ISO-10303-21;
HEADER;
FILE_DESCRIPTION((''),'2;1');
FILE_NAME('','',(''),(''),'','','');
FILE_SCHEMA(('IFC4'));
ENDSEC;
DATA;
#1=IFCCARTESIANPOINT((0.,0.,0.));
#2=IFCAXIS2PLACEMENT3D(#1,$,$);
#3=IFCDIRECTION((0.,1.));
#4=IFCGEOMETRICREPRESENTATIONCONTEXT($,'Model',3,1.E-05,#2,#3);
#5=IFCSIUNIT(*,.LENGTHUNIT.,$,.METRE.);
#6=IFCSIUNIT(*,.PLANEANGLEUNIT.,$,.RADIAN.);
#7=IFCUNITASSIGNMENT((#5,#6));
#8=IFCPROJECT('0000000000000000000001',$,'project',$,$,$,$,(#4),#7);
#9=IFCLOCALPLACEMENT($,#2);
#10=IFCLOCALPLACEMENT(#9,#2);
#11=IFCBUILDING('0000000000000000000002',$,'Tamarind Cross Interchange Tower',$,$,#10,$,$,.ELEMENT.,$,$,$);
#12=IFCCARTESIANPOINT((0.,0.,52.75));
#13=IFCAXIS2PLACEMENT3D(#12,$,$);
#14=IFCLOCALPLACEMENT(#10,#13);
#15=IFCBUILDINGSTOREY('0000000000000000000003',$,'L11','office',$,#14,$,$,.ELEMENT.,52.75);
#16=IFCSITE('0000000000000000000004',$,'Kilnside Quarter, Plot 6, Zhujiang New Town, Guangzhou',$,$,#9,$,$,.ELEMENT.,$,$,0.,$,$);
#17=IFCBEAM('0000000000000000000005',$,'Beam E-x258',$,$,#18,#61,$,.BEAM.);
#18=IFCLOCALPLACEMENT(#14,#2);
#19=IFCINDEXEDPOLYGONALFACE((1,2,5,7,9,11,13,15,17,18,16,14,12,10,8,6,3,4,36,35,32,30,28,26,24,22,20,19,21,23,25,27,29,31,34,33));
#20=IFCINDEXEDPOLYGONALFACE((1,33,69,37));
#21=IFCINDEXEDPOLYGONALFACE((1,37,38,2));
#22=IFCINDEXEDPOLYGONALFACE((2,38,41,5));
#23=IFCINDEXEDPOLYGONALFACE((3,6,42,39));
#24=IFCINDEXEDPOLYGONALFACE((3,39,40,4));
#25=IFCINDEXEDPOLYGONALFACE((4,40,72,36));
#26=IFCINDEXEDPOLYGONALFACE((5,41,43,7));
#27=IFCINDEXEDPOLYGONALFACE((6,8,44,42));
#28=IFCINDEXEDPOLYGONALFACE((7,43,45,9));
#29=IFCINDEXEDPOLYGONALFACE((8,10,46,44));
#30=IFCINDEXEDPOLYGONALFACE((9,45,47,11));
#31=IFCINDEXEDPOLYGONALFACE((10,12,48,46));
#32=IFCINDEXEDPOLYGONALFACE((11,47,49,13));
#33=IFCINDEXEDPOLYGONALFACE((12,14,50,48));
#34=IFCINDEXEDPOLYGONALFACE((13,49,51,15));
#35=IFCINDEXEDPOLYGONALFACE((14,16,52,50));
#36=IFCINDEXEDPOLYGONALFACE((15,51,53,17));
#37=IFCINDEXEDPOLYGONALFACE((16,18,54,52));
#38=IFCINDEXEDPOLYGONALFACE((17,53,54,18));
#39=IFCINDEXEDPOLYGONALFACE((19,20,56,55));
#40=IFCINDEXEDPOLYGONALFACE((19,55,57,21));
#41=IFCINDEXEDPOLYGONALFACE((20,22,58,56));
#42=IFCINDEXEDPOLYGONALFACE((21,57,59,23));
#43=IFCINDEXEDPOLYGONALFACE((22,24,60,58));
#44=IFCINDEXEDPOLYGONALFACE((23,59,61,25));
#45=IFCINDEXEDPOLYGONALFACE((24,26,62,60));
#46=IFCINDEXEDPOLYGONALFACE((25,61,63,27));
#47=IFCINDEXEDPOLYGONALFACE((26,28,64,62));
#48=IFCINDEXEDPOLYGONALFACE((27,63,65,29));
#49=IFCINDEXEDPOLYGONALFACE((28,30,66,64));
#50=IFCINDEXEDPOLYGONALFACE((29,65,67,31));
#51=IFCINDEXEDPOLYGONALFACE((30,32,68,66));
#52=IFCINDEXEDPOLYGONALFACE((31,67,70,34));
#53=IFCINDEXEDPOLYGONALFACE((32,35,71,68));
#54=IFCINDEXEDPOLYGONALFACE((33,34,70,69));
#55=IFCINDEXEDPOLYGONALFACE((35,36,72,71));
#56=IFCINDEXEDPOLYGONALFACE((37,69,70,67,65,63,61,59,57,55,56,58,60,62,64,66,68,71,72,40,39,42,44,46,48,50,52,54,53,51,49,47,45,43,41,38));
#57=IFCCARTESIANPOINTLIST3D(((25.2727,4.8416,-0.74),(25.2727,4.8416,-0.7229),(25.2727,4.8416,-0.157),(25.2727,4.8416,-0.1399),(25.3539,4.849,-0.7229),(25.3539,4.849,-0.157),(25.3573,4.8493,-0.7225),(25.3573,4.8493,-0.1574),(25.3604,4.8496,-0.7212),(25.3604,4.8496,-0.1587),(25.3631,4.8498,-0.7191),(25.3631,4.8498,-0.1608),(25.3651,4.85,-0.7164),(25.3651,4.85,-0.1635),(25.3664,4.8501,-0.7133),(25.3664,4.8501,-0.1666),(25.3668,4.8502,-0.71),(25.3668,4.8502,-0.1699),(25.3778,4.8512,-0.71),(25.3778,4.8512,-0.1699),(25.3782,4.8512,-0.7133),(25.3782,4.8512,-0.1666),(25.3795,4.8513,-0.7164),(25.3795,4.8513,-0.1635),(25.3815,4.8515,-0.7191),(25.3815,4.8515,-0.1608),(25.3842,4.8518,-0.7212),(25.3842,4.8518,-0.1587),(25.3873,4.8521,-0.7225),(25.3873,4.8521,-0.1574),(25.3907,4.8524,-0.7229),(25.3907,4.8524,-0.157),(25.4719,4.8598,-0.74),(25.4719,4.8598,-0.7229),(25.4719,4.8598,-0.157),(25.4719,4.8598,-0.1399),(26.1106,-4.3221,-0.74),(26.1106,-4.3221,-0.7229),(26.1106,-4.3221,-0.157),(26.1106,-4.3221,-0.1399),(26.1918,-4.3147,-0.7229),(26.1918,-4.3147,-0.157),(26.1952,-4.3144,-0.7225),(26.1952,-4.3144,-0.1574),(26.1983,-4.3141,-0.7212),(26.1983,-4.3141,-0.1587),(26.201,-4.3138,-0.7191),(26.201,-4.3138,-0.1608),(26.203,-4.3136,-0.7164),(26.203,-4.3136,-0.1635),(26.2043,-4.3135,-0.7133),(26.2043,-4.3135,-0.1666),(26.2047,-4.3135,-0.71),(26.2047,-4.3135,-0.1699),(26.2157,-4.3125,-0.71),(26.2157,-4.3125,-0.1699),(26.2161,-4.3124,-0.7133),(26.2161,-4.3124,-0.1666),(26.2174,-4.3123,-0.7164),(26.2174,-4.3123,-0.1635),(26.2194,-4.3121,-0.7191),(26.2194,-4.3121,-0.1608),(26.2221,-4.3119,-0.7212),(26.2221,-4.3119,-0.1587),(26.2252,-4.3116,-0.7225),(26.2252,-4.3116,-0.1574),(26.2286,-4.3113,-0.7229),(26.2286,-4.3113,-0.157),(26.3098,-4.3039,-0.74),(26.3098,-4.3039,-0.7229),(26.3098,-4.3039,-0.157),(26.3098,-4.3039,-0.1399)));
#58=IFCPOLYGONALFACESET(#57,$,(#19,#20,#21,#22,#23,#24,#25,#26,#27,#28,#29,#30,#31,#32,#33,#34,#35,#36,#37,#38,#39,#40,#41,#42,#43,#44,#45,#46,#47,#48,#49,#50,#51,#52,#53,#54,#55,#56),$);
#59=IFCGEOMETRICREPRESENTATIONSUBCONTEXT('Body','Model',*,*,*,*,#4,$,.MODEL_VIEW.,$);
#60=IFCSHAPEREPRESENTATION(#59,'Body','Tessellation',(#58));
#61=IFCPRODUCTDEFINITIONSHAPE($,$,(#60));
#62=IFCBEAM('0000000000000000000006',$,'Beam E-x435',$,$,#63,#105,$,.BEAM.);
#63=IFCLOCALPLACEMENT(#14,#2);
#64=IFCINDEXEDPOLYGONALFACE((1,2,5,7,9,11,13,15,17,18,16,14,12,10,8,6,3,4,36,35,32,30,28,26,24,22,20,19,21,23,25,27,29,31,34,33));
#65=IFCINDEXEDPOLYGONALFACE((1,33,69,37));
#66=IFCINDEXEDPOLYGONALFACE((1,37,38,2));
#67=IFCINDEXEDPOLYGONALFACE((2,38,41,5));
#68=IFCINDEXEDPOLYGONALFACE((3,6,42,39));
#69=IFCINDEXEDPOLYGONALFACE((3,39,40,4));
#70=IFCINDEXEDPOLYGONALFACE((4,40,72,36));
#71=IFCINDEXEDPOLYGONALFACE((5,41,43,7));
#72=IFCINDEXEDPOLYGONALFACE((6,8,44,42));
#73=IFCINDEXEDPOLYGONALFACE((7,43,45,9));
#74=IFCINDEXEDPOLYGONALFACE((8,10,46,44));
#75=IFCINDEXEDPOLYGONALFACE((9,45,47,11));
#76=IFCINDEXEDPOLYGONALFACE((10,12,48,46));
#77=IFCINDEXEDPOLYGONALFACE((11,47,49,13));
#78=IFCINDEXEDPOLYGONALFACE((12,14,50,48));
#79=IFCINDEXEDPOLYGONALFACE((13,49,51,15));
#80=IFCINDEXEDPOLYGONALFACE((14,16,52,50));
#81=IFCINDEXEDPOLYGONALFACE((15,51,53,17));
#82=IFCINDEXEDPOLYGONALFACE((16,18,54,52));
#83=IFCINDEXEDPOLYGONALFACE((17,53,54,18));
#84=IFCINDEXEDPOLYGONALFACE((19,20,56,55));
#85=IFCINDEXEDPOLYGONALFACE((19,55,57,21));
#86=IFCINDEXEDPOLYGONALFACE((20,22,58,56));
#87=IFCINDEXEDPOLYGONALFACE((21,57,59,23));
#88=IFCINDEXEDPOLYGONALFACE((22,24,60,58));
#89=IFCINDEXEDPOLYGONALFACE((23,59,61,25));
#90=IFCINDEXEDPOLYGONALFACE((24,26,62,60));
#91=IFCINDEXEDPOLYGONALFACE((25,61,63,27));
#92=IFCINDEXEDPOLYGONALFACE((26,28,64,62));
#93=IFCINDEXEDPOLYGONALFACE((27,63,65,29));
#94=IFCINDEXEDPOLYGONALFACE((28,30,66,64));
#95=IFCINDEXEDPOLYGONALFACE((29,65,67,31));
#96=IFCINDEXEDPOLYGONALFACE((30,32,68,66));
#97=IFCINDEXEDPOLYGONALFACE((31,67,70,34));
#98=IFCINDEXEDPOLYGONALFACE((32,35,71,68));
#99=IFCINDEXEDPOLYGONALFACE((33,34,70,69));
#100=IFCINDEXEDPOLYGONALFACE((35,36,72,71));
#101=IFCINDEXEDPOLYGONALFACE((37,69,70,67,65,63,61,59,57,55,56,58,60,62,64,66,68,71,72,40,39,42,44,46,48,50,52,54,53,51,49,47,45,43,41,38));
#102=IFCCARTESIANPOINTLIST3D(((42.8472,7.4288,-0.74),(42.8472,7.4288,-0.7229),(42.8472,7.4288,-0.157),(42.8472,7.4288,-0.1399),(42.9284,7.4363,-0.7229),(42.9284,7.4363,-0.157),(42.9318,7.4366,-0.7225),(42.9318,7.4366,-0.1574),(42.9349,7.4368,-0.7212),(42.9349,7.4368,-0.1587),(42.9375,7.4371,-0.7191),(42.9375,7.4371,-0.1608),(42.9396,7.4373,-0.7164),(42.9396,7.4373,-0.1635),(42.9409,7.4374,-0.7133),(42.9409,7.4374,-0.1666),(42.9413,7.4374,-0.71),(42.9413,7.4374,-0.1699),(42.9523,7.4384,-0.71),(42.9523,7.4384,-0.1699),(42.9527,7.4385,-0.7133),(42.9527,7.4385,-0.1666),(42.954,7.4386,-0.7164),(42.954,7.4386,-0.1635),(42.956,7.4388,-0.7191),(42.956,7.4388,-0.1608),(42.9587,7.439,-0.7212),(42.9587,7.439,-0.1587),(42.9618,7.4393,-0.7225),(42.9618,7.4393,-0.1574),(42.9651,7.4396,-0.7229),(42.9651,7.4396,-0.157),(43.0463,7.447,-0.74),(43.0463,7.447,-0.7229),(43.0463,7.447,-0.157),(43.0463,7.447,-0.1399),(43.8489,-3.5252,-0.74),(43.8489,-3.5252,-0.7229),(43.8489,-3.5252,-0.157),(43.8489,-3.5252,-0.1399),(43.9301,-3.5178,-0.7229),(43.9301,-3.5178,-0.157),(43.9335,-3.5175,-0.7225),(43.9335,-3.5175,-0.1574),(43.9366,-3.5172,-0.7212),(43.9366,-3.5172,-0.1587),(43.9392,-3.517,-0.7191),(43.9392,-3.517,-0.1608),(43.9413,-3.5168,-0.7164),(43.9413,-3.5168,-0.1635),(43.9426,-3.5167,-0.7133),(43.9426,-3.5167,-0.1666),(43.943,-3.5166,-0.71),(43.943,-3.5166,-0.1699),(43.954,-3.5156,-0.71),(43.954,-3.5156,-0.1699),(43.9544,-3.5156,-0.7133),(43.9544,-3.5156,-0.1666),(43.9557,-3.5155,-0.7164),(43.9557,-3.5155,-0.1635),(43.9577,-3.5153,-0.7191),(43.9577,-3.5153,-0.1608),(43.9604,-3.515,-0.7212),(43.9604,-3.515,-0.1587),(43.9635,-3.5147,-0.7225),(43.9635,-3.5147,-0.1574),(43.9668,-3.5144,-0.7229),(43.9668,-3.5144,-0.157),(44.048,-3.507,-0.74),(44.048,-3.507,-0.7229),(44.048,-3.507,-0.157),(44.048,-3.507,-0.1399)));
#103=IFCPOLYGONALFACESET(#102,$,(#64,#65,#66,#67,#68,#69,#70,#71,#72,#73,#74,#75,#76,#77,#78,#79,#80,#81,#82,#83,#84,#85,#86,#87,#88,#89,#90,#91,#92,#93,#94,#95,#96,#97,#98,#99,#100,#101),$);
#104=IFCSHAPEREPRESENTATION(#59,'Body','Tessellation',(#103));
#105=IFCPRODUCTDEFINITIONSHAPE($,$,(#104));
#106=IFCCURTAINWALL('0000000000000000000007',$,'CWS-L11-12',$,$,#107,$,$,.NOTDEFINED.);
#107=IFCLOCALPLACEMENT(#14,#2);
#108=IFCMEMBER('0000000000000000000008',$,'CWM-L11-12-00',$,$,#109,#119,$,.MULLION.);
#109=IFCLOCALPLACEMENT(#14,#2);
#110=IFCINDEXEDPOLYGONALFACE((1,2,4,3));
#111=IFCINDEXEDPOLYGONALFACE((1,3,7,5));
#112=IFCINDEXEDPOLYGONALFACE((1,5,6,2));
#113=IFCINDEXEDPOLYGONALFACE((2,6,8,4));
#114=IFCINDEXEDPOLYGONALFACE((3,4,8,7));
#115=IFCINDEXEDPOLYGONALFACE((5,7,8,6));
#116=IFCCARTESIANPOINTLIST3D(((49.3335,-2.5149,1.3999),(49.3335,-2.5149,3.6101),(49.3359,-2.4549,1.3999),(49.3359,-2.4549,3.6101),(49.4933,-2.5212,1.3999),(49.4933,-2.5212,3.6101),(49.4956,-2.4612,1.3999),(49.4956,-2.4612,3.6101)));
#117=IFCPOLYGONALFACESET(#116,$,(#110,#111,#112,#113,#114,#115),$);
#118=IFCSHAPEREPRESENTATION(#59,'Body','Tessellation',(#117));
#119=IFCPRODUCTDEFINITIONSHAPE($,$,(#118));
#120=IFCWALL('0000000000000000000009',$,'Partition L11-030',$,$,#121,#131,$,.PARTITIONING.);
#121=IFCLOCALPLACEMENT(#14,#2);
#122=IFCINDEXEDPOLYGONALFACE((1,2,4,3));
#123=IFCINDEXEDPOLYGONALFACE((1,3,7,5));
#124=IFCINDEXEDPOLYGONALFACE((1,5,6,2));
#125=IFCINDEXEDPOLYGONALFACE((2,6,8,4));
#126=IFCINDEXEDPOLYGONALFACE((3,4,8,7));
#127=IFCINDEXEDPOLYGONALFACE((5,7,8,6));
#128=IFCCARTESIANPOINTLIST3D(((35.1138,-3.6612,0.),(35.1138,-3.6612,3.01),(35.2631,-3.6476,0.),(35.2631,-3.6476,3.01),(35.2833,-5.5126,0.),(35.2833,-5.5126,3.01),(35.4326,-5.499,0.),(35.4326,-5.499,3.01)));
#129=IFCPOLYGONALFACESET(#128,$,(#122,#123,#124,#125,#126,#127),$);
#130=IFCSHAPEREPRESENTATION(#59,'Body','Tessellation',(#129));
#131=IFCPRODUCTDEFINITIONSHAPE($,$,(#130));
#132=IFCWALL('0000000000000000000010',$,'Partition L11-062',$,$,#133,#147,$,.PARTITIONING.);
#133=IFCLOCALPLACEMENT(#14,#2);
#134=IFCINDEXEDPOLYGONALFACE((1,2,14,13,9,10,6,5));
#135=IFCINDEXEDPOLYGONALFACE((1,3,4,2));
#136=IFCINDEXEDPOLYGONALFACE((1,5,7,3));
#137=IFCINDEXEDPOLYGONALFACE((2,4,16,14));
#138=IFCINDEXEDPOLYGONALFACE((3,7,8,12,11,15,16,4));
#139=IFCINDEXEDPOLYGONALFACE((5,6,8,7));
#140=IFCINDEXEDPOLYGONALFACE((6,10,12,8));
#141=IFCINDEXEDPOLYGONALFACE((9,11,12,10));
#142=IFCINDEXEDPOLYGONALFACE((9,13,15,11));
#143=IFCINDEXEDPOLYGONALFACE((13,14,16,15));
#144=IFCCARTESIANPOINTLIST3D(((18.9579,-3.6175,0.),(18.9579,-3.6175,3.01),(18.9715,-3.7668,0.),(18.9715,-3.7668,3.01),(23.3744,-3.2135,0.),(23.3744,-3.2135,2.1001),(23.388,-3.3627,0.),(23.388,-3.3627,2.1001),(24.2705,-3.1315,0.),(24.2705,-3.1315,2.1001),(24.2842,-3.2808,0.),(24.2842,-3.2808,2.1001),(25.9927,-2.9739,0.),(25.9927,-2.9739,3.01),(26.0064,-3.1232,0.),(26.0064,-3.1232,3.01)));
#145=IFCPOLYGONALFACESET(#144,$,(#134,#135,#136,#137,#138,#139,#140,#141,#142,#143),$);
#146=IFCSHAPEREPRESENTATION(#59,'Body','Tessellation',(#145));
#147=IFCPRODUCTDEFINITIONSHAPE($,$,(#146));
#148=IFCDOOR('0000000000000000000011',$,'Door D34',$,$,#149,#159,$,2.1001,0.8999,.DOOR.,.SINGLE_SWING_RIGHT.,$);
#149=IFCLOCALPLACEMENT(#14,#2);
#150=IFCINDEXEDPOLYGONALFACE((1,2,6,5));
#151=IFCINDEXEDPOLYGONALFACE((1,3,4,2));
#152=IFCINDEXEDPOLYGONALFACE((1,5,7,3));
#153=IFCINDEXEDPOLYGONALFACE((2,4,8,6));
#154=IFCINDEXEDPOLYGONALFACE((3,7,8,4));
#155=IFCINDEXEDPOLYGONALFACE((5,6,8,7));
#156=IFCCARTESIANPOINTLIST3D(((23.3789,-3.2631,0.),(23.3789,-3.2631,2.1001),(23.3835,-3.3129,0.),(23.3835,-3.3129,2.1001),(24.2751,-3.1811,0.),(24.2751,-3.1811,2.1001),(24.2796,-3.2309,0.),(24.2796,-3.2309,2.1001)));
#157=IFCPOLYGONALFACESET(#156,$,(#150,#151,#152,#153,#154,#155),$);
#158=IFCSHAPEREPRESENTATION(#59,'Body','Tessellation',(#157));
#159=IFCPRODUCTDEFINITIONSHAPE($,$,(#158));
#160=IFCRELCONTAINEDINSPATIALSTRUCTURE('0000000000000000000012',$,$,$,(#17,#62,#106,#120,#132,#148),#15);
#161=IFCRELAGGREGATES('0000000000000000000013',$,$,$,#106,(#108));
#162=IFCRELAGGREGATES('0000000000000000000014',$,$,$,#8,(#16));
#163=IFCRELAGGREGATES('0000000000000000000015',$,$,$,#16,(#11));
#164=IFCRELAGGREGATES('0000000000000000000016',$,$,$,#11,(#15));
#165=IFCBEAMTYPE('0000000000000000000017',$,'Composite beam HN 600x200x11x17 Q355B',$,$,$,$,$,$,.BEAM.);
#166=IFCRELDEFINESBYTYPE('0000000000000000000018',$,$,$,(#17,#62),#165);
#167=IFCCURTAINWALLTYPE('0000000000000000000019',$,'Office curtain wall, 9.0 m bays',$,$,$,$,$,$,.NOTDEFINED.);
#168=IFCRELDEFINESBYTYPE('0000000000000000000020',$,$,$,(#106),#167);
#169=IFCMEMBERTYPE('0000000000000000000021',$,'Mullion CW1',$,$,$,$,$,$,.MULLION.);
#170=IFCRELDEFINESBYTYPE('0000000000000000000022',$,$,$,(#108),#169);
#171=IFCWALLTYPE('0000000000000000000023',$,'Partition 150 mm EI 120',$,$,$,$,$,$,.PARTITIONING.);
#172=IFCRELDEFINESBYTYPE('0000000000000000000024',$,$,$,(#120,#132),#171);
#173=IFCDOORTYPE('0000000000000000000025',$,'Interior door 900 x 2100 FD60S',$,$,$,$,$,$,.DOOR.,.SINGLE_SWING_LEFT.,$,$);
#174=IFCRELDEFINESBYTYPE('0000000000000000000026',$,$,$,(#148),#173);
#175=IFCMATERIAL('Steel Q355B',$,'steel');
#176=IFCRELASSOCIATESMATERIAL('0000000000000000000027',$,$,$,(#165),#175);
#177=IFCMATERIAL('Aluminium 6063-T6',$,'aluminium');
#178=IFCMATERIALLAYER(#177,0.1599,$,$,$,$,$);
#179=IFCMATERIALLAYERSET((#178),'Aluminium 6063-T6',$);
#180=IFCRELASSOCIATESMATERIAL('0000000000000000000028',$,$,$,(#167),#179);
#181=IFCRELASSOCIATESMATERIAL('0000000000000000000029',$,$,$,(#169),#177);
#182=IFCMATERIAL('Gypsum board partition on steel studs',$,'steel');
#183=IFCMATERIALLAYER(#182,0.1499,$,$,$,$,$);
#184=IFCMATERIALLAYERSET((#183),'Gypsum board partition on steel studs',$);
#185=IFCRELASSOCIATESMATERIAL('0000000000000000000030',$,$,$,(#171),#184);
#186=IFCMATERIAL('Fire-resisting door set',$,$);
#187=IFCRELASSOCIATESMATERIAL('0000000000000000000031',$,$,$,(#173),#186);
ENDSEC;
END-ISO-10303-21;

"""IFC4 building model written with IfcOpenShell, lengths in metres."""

from ifc_helpers import new_model, si_unit, direction, frame, frame_2d, origin, origin_2d, place, context, subcontext, project, spatial, rectangle, i_section, extrude, material, layer, layer_set, material_profile, profile_set, type_object, element, fill, aggregate, save


model = new_model("IFC4")

# Units and contexts
model_context = context("Model", 3, precision=1e-05, world=origin(), true_north=direction((0.0, 1.0)))
body_context = subcontext(model_context, "Body", "Model", "MODEL_VIEW")
ifc_project = project(units=[si_unit("LENGTHUNIT", "METRE"), si_unit("PLANEANGLEUNIT", "RADIAN")], contexts=[model_context])

# Site, building, storey
site_placement = place(None, origin())
site = spatial("IfcSite", under=ifc_project, at=site_placement, Name="Kilnside Quarter, Plot 6, Zhujiang New Town, Guangzhou", CompositionType="ELEMENT", RefElevation=0.0)
building_placement = place(site_placement, origin())
building = spatial("IfcBuilding", under=site, at=building_placement, Name="Tamarind Cross Interchange Tower", CompositionType="ELEMENT")
storey_placement = place(building_placement, frame((0.0, 0.0, 52.75)))
storey = spatial("IfcBuildingStorey", under=building, at=storey_placement, Name="L11", Description="office", CompositionType="ELEMENT", Elevation=52.75)

# Beams
ifc_material_1 = material(Name="Steel Q355B", Category="steel")
ifc_material_profile_1 = material_profile(ifc_material_1, i_section(OverallWidth=0.2, OverallDepth=0.6001, WebThickness=0.011, FlangeThickness=0.0171, FilletRadius=0.0129, at=origin_2d()), Name="HN 600x200x11x17")
ifc_profile_set_1 = profile_set([ifc_material_profile_1], Name="Steel Q355B")
beam_type_1 = type_object("IfcBeamType", Name="Composite beam HN 600x200x11x17 Q355B", PredefinedType="BEAM", material=ifc_profile_set_1)
beam_1_placement = place(storey_placement, frame((26.2102, -4.313, -0.4399), z_axis=(-0.091057, 0.995846, 0.0), x_axis=(-0.995846, -0.091057, 0.0)))
element("IfcBeam", 1, at=beam_1_placement, inside=storey, type_object=beam_type_1, Name="Beam E-x258", PredefinedType="BEAM", context=body_context, shape_type="SweptSolid", body=[
    extrude(i_section(OverallWidth=0.2, OverallDepth=0.6001, WebThickness=0.011, FlangeThickness=0.0171, FilletRadius=0.0129, at=origin_2d()), origin(), (0.0, 0.0, 1.0), 9.2019),
])
beam_2_placement = place(storey_placement, frame((43.9485, -3.5161, -0.4399), z_axis=(-0.091066, 0.995845, 0.0), x_axis=(-0.995845, -0.091066, 0.0)))
element("IfcBeam", 2, at=beam_2_placement, inside=storey, type_object=beam_type_1, Name="Beam E-x435", PredefinedType="BEAM", context=body_context, shape_type="SweptSolid", body=[
    extrude(i_section(OverallWidth=0.2, OverallDepth=0.6001, WebThickness=0.011, FlangeThickness=0.0171, FilletRadius=0.0129, at=origin_2d()), origin(), (0.0, 0.0, 1.0), 10.9998),
])

# Curtain wall, member
ifc_material_2 = material(Name="Aluminium 6063-T6", Category="aluminium")
ifc_layer_1 = layer(ifc_material_2, 0.1599)
ifc_layer_set_1 = layer_set([ifc_layer_1], Name="Aluminium 6063-T6")
curtain_wall_type = type_object("IfcCurtainWallType", Name="Office curtain wall, 9.0 m bays", PredefinedType="NOTDEFINED", material=ifc_layer_set_1)
curtain_wall_placement = place(storey_placement, origin())
curtain_wall = element("IfcCurtainWall", 3, at=curtain_wall_placement, inside=storey, type_object=curtain_wall_type, Name="CWS-L11-12", PredefinedType="NOTDEFINED")
ifc_material_profile_2 = material_profile(ifc_material_2, rectangle(XDim=0.0601, YDim=0.1599, at=origin_2d()), Name="Mullion CW1")
ifc_profile_set_2 = profile_set([ifc_material_profile_2], Name="Aluminium 6063-T6")
member_type = type_object("IfcMemberType", Name="Mullion CW1", PredefinedType="MULLION", material=ifc_profile_set_2)
member_placement = place(storey_placement, frame((49.4146, -2.488, 1.3999), z_axis=(0.0, 0.0, 1.0), x_axis=(0.039713, 0.999211, 0.0)))
member = element("IfcMember", 4, at=member_placement, type_object=member_type, Name="CWM-L11-12-00", PredefinedType="MULLION", context=body_context, shape_type="SweptSolid", body=[
    extrude(rectangle(XDim=0.0601, YDim=0.1599, at=origin_2d()), origin(), (0.0, 0.0, 1.0), 2.2102),
])
aggregate(curtain_wall, [member])

# Wall
ifc_material_3 = material(Name="Gypsum board partition on steel studs", Category="steel")
ifc_layer_2 = layer(ifc_material_3, 0.1499)
ifc_layer_set_2 = layer_set([ifc_layer_2], Name="Gypsum board partition on steel studs")
wall_type_1 = type_object("IfcWallType", Name="Partition 150 mm EI 120", PredefinedType="PARTITIONING", material=ifc_layer_set_2)
wall_1_placement = place(storey_placement, frame((35.1885, -3.6543, 0.0), z_axis=(0.0, 0.0, 1.0), x_axis=(0.09114, -0.995838, 0.0)))
element("IfcWall", 5, at=wall_1_placement, inside=storey, type_object=wall_type_1, Name="Partition L11-030", PredefinedType="PARTITIONING", context=body_context, shape_type="SweptSolid", body=[
    extrude(rectangle(XDim=1.8591, YDim=0.1499, at=frame_2d((0.9297, 0.0))), origin(), (0.0, 0.0, 1.0), 3.01),
])

# Wall, opening, door
wall_2_placement = place(storey_placement, frame((18.9646, -3.6921, 0.0), z_axis=(0.0, 0.0, 1.0), x_axis=(0.995842, 0.0911, 0.0)))
wall_2 = element("IfcWall", 6, at=wall_2_placement, inside=storey, type_object=wall_type_1, Name="Partition L11-062", PredefinedType="PARTITIONING", context=body_context, shape_type="SweptSolid", body=[
    extrude(rectangle(XDim=7.0642, YDim=0.1499, at=frame_2d((3.5322, 0.0))), origin(), (0.0, 0.0, 1.0), 3.01),
])
opening_1_placement = place(wall_2_placement, frame((4.4351, 0.0, 0.0)))
opening_1 = element("IfcOpeningElement", 7, at=opening_1_placement, cuts=wall_2, PredefinedType="OPENING", context=body_context, shape_type="SweptSolid", body=[
    extrude(rectangle(XDim=0.8999, YDim=2.1001, at=frame_2d((0.45, 1.05))), frame((0.0, 0.085, 0.0), z_axis=(0.0, -1.0, 0.0), x_axis=(1.0, 0.0, 0.0)), (0.0, 0.0, 1.0), 0.1699),
])
ifc_material_4 = material(Name="Fire-resisting door set")
door_type_1 = type_object("IfcDoorType", Name="Interior door 900 x 2100 FD60S", OperationType="SINGLE_SWING_LEFT", PredefinedType="DOOR", material=ifc_material_4)
door_1_placement = place(opening_1_placement, frame((0.8999, 0.0, 0.0), z_axis=(0.0, 0.0, 1.0), x_axis=(-1.0, 0.0, 0.0)))
door_1 = element("IfcDoor", 8, at=door_1_placement, inside=storey, type_object=door_type_1, Name="Door D34", OperationType="SINGLE_SWING_RIGHT", OverallHeight=2.1001, OverallWidth=0.8999, PredefinedType="DOOR", context=body_context, shape_type="SweptSolid", body=[
    extrude(rectangle(XDim=0.8999, YDim=2.1001, at=frame_2d((0.45, 1.05))), frame((0.0, 0.0249, 0.0), z_axis=(0.0, -1.0, 0.0), x_axis=(1.0, 0.0, 0.0)), (0.0, 0.0, 1.0), 0.05),
])
fill(opening_1, door_1)

save(model, "model.ifc")
